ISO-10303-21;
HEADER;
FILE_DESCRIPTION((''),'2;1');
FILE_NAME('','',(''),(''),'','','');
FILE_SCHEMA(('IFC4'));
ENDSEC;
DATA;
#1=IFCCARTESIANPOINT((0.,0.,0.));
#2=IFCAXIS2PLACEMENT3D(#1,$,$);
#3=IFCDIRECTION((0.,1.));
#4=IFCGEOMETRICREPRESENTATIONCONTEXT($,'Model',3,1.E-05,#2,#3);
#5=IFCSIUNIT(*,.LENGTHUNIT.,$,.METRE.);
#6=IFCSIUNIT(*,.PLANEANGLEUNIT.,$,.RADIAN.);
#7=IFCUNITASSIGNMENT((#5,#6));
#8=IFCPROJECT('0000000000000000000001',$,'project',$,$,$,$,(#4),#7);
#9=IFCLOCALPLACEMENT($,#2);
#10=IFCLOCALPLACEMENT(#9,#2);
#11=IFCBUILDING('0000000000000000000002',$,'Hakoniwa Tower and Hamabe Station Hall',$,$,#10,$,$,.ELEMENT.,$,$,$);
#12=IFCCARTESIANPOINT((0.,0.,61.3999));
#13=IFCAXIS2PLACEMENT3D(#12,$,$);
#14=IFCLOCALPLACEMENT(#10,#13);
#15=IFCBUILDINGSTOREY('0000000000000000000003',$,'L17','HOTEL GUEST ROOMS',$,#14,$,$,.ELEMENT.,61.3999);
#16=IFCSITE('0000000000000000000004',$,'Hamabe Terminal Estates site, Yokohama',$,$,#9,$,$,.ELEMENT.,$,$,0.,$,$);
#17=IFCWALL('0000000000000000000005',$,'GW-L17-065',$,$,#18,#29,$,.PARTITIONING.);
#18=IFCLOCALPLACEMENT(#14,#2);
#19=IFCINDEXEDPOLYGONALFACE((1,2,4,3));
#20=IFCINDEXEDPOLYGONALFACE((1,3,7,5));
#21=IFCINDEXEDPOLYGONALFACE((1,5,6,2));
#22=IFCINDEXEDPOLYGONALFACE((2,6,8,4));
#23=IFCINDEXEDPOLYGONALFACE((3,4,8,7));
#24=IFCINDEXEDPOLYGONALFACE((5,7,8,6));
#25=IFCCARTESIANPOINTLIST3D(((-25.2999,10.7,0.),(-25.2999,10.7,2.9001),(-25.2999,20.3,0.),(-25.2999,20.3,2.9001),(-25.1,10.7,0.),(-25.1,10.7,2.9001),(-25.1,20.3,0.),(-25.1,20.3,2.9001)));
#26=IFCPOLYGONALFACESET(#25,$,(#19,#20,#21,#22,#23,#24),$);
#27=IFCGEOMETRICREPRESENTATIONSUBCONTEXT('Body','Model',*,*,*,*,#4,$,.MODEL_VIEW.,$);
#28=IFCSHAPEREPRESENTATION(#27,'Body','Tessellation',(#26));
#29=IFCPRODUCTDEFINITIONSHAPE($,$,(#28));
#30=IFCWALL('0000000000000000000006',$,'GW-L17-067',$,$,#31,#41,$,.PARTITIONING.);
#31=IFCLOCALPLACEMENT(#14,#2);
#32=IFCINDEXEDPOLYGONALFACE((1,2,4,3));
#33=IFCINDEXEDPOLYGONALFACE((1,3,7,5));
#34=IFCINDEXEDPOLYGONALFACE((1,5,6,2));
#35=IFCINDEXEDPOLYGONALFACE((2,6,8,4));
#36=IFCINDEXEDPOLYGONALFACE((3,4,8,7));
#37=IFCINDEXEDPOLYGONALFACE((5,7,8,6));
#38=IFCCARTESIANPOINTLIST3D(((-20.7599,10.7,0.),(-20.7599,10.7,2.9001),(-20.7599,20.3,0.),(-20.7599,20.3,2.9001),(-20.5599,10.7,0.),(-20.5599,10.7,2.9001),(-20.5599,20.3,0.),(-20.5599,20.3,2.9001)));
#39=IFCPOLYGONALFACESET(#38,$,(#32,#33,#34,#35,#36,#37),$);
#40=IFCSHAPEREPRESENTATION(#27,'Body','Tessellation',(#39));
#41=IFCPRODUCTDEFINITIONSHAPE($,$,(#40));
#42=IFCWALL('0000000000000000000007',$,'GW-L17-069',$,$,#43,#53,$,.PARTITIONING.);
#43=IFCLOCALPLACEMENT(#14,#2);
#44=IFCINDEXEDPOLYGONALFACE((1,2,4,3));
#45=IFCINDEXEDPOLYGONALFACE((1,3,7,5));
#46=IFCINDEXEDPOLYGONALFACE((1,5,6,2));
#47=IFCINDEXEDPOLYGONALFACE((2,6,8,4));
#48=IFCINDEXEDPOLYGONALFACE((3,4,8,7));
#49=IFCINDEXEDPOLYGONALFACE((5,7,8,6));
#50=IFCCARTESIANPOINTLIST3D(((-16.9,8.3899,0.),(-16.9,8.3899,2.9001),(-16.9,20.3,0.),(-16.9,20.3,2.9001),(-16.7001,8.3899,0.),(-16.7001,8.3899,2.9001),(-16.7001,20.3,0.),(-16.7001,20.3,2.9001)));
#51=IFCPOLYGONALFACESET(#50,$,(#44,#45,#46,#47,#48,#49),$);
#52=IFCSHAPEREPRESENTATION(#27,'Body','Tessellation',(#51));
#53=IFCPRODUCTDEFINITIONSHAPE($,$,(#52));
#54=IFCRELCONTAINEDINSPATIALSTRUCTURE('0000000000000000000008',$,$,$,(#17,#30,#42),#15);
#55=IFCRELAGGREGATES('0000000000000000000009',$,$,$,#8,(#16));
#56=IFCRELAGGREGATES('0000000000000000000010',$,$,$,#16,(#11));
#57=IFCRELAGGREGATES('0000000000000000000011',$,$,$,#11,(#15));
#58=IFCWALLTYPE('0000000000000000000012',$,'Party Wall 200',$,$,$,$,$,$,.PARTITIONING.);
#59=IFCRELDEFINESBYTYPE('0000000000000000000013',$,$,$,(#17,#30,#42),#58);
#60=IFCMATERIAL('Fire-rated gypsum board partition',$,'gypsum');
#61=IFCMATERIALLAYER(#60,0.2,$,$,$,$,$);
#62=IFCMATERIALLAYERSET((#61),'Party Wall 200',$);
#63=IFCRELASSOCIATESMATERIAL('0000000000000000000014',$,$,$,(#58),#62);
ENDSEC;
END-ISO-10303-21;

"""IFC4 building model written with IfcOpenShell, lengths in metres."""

from ifc_helpers import new_model, si_unit, direction, frame, frame_2d, origin, place, context, subcontext, project, spatial, rectangle, extrude, material, layer, layer_set, type_object, element, save


model = new_model("IFC4")

# Units and contexts
model_context = context("Model", 3, precision=1e-05, world=origin(), true_north=direction((0.0, 1.0)))
body_context = subcontext(model_context, "Body", "Model", "MODEL_VIEW")
ifc_project = project(units=[si_unit("LENGTHUNIT", "METRE"), si_unit("PLANEANGLEUNIT", "RADIAN")], contexts=[model_context])

# Site, building, storey
site_placement = place(None, origin())
site = spatial("IfcSite", under=ifc_project, at=site_placement, Name="Hamabe Terminal Estates site, Yokohama", CompositionType="ELEMENT", RefElevation=0.0)
building_placement = place(site_placement, origin())
building = spatial("IfcBuilding", under=site, at=building_placement, Name="Hakoniwa Tower and Hamabe Station Hall", CompositionType="ELEMENT")
storey_placement = place(building_placement, frame((0.0, 0.0, 61.3999)))
storey = spatial("IfcBuildingStorey", under=building, at=storey_placement, Name="L17", Description="HOTEL GUEST ROOMS", CompositionType="ELEMENT", Elevation=61.3999)

# Walls
ifc_material_1 = material(Name="Fire-rated gypsum board partition", Category="gypsum")
ifc_layer_1 = layer(ifc_material_1, 0.2)
ifc_layer_set_1 = layer_set([ifc_layer_1], Name="Party Wall 200")
wall_type_1 = type_object("IfcWallType", Name="Party Wall 200", PredefinedType="PARTITIONING", material=ifc_layer_set_1)
for number, where, z_axis, x_axis, name in (
    (1, (-25.2, 10.7, 0.0), (0.0, 0.0, 1.0), (0.0, 1.0, 0.0), "GW-L17-065"),
    (2, (-20.6599, 10.7, 0.0), (0.0, 0.0, 1.0), (0.0, 1.0, 0.0), "GW-L17-067"),
):
    element("IfcWall", number, at=place(storey_placement, frame(where, z_axis=z_axis, x_axis=x_axis)), inside=storey, type_object=wall_type_1, Name=name, PredefinedType="PARTITIONING", context=body_context, shape_type="SweptSolid", body=[
        extrude(rectangle(XDim=9.6001, YDim=0.2, at=frame_2d((4.8, 0.0))), origin(), (0.0, 0.0, 1.0), 2.9001),
    ])
wall_1_placement = place(storey_placement, frame((-16.8, 8.3899, 0.0), z_axis=(0.0, 0.0, 1.0), x_axis=(0.0, 1.0, 0.0)))
element("IfcWall", 3, at=wall_1_placement, inside=storey, type_object=wall_type_1, Name="GW-L17-069", PredefinedType="PARTITIONING", context=body_context, shape_type="SweptSolid", body=[
    extrude(rectangle(XDim=11.9102, YDim=0.2, at=frame_2d((5.9551, 0.0))), origin(), (0.0, 0.0, 1.0), 2.9001),
])

save(model, "model.ifc")
